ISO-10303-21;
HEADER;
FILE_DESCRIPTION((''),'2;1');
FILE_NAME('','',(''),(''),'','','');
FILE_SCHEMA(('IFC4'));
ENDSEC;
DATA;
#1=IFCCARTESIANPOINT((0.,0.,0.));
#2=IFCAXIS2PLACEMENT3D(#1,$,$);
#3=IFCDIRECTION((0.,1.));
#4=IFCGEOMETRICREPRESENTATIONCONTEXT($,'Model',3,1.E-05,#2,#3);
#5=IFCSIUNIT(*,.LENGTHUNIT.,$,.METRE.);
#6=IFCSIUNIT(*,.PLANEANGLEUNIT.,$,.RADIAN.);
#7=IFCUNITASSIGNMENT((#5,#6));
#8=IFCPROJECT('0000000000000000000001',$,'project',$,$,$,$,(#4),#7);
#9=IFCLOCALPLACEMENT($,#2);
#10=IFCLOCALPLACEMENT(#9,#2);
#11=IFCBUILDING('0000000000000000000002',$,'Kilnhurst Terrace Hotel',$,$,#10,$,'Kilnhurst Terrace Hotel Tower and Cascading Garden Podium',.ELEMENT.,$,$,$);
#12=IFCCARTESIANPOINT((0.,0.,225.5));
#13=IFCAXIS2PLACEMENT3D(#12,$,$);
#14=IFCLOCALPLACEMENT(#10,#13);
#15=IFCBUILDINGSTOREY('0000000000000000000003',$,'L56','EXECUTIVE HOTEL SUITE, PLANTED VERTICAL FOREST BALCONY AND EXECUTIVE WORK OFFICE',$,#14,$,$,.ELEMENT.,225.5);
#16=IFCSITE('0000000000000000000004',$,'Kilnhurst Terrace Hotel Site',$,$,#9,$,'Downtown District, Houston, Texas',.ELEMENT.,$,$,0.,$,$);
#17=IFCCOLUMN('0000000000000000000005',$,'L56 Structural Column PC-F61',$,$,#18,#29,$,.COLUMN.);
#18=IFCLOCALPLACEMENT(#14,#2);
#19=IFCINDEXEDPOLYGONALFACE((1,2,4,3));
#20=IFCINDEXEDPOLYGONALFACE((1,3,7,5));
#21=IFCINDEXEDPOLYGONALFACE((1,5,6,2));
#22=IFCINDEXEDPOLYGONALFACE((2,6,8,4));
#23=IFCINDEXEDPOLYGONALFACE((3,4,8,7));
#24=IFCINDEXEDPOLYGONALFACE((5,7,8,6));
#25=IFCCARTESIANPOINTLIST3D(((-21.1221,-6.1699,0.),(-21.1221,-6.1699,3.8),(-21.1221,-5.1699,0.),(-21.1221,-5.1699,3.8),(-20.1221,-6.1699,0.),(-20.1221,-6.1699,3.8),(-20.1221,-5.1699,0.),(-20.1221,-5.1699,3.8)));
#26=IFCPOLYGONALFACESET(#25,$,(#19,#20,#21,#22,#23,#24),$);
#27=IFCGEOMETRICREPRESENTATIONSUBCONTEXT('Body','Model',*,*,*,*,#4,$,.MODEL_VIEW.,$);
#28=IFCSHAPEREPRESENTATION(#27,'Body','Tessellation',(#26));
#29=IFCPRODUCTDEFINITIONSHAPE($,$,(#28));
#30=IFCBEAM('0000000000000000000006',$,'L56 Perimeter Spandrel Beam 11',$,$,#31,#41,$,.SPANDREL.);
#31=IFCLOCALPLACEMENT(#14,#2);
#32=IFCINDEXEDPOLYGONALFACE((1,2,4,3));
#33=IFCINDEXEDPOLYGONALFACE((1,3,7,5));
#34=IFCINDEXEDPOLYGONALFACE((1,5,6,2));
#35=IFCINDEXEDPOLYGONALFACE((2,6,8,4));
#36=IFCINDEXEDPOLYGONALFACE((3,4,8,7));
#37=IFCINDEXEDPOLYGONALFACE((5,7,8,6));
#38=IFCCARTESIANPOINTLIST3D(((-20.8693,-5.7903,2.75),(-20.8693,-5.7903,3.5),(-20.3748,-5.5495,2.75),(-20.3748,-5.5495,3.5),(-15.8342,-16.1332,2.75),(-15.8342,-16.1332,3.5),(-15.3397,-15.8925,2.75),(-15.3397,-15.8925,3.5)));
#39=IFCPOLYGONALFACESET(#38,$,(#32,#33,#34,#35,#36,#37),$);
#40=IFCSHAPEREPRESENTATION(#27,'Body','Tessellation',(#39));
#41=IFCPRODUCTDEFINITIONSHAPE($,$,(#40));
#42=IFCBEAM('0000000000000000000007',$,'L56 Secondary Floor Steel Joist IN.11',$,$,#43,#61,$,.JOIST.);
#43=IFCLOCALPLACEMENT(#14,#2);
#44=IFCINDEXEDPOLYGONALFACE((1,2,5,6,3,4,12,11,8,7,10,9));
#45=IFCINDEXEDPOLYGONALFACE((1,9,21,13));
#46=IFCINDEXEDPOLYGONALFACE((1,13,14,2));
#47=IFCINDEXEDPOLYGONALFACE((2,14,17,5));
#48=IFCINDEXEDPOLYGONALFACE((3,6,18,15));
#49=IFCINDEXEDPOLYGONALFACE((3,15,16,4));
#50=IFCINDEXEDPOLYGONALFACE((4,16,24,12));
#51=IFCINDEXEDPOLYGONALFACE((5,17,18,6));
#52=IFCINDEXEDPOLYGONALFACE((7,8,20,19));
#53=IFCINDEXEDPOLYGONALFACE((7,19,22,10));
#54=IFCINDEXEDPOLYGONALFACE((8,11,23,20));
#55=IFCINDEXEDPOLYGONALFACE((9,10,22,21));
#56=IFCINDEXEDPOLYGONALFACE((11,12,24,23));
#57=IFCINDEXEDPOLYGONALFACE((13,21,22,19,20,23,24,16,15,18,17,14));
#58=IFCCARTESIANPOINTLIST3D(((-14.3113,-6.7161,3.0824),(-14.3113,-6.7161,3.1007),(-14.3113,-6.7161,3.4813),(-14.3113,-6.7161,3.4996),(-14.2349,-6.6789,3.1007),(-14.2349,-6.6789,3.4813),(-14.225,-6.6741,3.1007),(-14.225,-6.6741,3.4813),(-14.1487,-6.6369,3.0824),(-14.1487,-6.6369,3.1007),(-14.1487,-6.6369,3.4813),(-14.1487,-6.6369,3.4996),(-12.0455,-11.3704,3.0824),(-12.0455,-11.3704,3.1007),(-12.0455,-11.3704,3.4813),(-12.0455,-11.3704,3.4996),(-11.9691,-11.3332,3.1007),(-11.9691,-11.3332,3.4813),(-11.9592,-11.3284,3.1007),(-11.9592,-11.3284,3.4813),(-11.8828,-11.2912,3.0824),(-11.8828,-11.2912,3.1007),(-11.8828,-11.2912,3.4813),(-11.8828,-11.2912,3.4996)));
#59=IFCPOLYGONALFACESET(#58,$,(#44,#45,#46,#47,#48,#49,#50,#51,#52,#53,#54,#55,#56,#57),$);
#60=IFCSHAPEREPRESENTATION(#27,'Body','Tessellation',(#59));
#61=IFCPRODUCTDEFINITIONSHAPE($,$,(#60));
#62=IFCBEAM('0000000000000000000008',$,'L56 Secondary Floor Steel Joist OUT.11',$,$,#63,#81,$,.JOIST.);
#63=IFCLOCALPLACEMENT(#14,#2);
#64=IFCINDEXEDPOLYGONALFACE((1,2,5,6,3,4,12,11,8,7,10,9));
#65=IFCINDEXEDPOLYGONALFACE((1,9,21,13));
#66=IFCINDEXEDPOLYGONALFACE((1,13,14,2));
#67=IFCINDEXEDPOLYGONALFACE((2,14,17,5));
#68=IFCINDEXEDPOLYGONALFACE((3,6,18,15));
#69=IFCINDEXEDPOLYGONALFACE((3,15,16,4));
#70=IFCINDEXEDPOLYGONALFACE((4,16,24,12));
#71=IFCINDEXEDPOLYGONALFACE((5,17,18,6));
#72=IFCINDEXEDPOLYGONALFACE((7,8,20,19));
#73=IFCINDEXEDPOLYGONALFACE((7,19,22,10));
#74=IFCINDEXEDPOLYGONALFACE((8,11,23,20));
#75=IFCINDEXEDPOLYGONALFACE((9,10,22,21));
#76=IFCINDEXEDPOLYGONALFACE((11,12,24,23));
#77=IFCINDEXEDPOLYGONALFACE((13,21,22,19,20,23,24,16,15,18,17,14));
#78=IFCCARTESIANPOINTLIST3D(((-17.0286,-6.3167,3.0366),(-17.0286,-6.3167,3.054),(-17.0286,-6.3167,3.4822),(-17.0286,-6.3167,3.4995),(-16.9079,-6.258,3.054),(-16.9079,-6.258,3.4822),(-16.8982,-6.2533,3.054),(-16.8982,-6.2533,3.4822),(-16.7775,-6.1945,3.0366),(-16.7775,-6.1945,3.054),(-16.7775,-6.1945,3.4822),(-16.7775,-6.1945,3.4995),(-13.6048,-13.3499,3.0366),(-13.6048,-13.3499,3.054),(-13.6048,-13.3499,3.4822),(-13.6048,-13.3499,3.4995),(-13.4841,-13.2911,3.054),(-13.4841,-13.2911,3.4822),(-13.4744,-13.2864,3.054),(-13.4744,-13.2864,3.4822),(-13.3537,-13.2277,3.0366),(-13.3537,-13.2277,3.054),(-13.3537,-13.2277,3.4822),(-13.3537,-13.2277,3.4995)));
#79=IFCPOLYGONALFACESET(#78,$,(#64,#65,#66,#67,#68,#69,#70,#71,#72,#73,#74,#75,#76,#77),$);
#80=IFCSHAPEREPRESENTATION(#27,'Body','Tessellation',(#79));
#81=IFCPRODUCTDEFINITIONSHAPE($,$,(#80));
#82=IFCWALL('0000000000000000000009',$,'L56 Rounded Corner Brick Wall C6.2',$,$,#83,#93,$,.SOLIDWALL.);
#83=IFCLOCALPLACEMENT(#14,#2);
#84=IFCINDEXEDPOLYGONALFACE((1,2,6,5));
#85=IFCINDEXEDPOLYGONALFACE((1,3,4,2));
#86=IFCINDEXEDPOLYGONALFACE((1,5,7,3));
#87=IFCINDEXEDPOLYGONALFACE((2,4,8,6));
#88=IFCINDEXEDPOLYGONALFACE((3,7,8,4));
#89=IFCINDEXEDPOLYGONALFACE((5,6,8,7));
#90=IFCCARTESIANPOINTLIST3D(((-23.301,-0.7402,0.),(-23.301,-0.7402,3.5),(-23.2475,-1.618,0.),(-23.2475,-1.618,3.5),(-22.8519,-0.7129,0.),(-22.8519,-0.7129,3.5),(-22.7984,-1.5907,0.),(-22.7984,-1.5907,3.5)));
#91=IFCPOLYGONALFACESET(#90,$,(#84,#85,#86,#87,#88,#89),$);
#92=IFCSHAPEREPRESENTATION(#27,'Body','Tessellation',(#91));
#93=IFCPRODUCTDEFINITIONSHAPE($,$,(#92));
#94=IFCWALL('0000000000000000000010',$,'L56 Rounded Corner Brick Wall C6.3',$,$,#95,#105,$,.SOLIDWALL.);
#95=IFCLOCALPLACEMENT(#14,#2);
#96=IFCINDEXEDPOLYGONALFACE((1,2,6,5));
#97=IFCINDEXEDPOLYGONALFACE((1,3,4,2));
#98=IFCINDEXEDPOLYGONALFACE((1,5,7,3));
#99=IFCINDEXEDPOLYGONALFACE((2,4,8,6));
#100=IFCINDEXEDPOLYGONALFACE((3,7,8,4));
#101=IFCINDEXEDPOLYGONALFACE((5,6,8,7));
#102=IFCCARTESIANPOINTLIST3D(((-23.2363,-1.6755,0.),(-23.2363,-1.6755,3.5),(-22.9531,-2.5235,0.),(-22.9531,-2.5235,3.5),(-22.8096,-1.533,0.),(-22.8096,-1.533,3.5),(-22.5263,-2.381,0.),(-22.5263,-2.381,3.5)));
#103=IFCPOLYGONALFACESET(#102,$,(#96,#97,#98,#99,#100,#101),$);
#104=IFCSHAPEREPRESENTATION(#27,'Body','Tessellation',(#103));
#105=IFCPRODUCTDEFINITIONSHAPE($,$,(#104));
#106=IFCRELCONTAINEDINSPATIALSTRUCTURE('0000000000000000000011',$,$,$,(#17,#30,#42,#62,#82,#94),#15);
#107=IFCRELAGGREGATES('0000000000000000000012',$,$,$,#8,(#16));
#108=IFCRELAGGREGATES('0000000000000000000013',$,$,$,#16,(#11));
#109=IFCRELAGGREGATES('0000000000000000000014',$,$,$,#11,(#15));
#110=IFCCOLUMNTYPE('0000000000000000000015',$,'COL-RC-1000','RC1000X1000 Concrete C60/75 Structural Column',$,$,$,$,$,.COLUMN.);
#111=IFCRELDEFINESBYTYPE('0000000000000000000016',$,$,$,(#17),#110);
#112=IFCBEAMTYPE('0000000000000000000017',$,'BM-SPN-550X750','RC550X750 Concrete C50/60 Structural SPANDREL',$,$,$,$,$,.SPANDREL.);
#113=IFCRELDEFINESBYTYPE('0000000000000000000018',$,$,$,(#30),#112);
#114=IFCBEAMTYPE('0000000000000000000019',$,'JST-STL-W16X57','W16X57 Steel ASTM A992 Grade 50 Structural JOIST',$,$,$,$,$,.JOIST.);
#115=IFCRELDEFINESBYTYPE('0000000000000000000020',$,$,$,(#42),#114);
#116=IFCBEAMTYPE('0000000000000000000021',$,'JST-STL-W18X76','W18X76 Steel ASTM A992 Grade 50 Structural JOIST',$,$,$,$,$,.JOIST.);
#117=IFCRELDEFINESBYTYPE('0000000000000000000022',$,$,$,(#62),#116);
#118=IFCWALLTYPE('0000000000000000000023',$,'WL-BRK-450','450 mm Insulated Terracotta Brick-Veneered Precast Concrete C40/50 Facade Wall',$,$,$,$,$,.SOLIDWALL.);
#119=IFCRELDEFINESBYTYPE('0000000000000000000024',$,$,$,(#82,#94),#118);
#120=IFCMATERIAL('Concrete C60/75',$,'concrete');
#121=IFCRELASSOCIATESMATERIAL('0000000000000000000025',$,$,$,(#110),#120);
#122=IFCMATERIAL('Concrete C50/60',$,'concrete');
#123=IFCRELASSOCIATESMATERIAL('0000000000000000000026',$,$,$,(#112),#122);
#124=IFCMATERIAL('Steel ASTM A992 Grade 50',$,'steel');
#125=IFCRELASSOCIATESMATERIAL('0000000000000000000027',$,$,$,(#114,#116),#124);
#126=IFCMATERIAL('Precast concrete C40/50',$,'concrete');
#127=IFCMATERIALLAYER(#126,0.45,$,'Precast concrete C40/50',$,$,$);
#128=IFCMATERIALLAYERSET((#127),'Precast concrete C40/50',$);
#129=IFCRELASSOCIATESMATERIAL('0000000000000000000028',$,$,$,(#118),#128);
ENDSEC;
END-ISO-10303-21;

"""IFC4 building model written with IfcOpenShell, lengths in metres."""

from ifc_helpers import new_model, si_unit, direction, frame, frame_2d, origin, origin_2d, place, context, subcontext, project, spatial, rectangle, i_section, extrude, material, layer, layer_set, material_profile, profile_set, type_object, element, save


model = new_model("IFC4")

# Units and contexts
model_context = context("Model", 3, precision=1e-05, world=origin(), true_north=direction((0.0, 1.0)))
body_context = subcontext(model_context, "Body", "Model", "MODEL_VIEW")
ifc_project = project(units=[si_unit("LENGTHUNIT", "METRE"), si_unit("PLANEANGLEUNIT", "RADIAN")], contexts=[model_context])

# Site, building, storey
site_placement = place(None, origin())
site = spatial("IfcSite", under=ifc_project, at=site_placement, Name="Kilnhurst Terrace Hotel Site", LongName="Downtown District, Houston, Texas", CompositionType="ELEMENT", RefElevation=0.0)
building_placement = place(site_placement, origin())
building = spatial("IfcBuilding", under=site, at=building_placement, Name="Kilnhurst Terrace Hotel", LongName="Kilnhurst Terrace Hotel Tower and Cascading Garden Podium", CompositionType="ELEMENT")
storey_placement = place(building_placement, frame((0.0, 0.0, 225.5)))
storey = spatial("IfcBuildingStorey", under=building, at=storey_placement, Name="L56", Description="EXECUTIVE HOTEL SUITE, PLANTED VERTICAL FOREST BALCONY AND EXECUTIVE WORK OFFICE", CompositionType="ELEMENT", Elevation=225.5)

# Column
ifc_material_1 = material(Name="Concrete C60/75", Category="concrete")
ifc_material_profile_1 = material_profile(ifc_material_1, rectangle(XDim=1.0, YDim=1.0, at=origin_2d()), Name="RC1000X1000")
ifc_profile_set_1 = profile_set([ifc_material_profile_1], Name="Concrete C60/75")
column_type = type_object("IfcColumnType", Name="COL-RC-1000", Description="RC1000X1000 Concrete C60/75 Structural Column", PredefinedType="COLUMN", material=ifc_profile_set_1)
column_placement = place(storey_placement, frame((-20.6221, -5.6699, 0.0), z_axis=(0.0, 0.0, 1.0), x_axis=(1.0, 0.0, 0.0)))
element("IfcColumn", 1, at=column_placement, inside=storey, type_object=column_type, Name="L56 Structural Column PC-F61", PredefinedType="COLUMN", context=body_context, shape_type="SweptSolid", body=[
    extrude(rectangle(XDim=1.0, YDim=1.0, at=origin_2d()), origin(), (0.0, 0.0, 1.0), 3.8),
])

# Beams
ifc_material_2 = material(Name="Concrete C50/60", Category="concrete")
ifc_material_profile_2 = material_profile(ifc_material_2, rectangle(XDim=0.55, YDim=0.75, at=origin_2d()), Name="RC550X750")
ifc_profile_set_2 = profile_set([ifc_material_profile_2], Name="Concrete C50/60")
beam_type_1 = type_object("IfcBeamType", Name="BM-SPN-550X750", Description="RC550X750 Concrete C50/60 Structural SPANDREL", PredefinedType="SPANDREL", material=ifc_profile_set_2)
beam_1_placement = place(storey_placement, frame((-20.6221, -5.6699, 3.125), z_axis=(0.437706, -0.899118, 0.0), x_axis=(0.899118, 0.437706, 0.0)))
element("IfcBeam", 2, at=beam_1_placement, inside=storey, type_object=beam_type_1, Name="L56 Perimeter Spandrel Beam 11", PredefinedType="SPANDREL", context=body_context, shape_type="SweptSolid", body=[
    extrude(rectangle(XDim=0.55, YDim=0.75, at=origin_2d()), origin(), (0.0, 0.0, 1.0), 11.5034),
])
ifc_material_3 = material(Name="Steel ASTM A992 Grade 50", Category="steel")
ifc_material_profile_3 = material_profile(ifc_material_3, i_section(OverallWidth=0.1809, OverallDepth=0.4172, WebThickness=0.011, FlangeThickness=0.0183, at=origin_2d()), Name="W16X57")
ifc_profile_set_3 = profile_set([ifc_material_profile_3], Name="Steel ASTM A992 Grade 50")
beam_type_2 = type_object("IfcBeamType", Name="JST-STL-W16X57", Description="W16X57 Steel ASTM A992 Grade 50 Structural JOIST", PredefinedType="JOIST", material=ifc_profile_set_3)
beam_2_placement = place(storey_placement, frame((-14.23, -6.6765, 3.291), z_axis=(0.437718, -0.899112, 0.0), x_axis=(0.899112, 0.437718, 0.0)))
element("IfcBeam", 3, at=beam_2_placement, inside=storey, type_object=beam_type_2, Name="L56 Secondary Floor Steel Joist IN.11", PredefinedType="JOIST", context=body_context, shape_type="SweptSolid", body=[
    extrude(i_section(OverallWidth=0.1809, OverallDepth=0.4172, WebThickness=0.011, FlangeThickness=0.0183, at=origin_2d()), origin(), (0.0, 0.0, 1.0), 5.1765),
])
ifc_material_profile_4 = material_profile(ifc_material_3, i_section(OverallWidth=0.2793, OverallDepth=0.4629, WebThickness=0.0107, FlangeThickness=0.0173, at=origin_2d()), Name="W18X76")
ifc_profile_set_4 = profile_set([ifc_material_profile_4], Name="Steel ASTM A992 Grade 50")
beam_type_3 = type_object("IfcBeamType", Name="JST-STL-W18X76", Description="W18X76 Steel ASTM A992 Grade 50 Structural JOIST", PredefinedType="JOIST", material=ifc_profile_set_4)
beam_3_placement = place(storey_placement, frame((-16.9031, -6.2556, 3.2681), z_axis=(0.4377, -0.899121, 0.0), x_axis=(0.899121, 0.4377, 0.0)))
element("IfcBeam", 4, at=beam_3_placement, inside=storey, type_object=beam_type_3, Name="L56 Secondary Floor Steel Joist OUT.11", PredefinedType="JOIST", context=body_context, shape_type="SweptSolid", body=[
    extrude(i_section(OverallWidth=0.2793, OverallDepth=0.4629, WebThickness=0.0107, FlangeThickness=0.0173, at=origin_2d()), origin(), (0.0, 0.0, 1.0), 7.8223),
])

# Walls
ifc_material_4 = material(Name="Precast concrete C40/50", Category="concrete")
ifc_layer_1 = layer(ifc_material_4, 0.45, Name="Precast concrete C40/50")
ifc_layer_set_1 = layer_set([ifc_layer_1], Name="Precast concrete C40/50")
wall_type_1 = type_object("IfcWallType", Name="WL-BRK-450", Description="450 mm Insulated Terracotta Brick-Veneered Precast Concrete C40/50 Facade Wall", PredefinedType="SOLIDWALL", material=ifc_layer_set_1)
wall_1_placement = place(storey_placement, frame((-23.0764, -0.7266, 0.0), z_axis=(0.0, 0.0, 1.0), x_axis=(0.060805, -0.99815, 0.0)))
element("IfcWall", 5, at=wall_1_placement, inside=storey, type_object=wall_type_1, Name="L56 Rounded Corner Brick Wall C6.2", PredefinedType="SOLIDWALL", context=body_context, shape_type="SweptSolid", body=[
    extrude(rectangle(XDim=0.8794, YDim=0.45, at=frame_2d((0.4397, 0.0))), origin(), (0.0, 0.0, 1.0), 3.5),
])
wall_2_placement = place(storey_placement, frame((-23.0229, -1.6042, 0.0), z_axis=(0.0, 0.0, 1.0), x_axis=(0.316801, -0.948492, 0.0)))
element("IfcWall", 6, at=wall_2_placement, inside=storey, type_object=wall_type_1, Name="L56 Rounded Corner Brick Wall C6.3", PredefinedType="SOLIDWALL", context=body_context, shape_type="SweptSolid", body=[
    extrude(rectangle(XDim=0.894, YDim=0.45, at=frame_2d((0.447, 0.0))), origin(), (0.0, 0.0, 1.0), 3.5),
])

save(model, "model.ifc")
